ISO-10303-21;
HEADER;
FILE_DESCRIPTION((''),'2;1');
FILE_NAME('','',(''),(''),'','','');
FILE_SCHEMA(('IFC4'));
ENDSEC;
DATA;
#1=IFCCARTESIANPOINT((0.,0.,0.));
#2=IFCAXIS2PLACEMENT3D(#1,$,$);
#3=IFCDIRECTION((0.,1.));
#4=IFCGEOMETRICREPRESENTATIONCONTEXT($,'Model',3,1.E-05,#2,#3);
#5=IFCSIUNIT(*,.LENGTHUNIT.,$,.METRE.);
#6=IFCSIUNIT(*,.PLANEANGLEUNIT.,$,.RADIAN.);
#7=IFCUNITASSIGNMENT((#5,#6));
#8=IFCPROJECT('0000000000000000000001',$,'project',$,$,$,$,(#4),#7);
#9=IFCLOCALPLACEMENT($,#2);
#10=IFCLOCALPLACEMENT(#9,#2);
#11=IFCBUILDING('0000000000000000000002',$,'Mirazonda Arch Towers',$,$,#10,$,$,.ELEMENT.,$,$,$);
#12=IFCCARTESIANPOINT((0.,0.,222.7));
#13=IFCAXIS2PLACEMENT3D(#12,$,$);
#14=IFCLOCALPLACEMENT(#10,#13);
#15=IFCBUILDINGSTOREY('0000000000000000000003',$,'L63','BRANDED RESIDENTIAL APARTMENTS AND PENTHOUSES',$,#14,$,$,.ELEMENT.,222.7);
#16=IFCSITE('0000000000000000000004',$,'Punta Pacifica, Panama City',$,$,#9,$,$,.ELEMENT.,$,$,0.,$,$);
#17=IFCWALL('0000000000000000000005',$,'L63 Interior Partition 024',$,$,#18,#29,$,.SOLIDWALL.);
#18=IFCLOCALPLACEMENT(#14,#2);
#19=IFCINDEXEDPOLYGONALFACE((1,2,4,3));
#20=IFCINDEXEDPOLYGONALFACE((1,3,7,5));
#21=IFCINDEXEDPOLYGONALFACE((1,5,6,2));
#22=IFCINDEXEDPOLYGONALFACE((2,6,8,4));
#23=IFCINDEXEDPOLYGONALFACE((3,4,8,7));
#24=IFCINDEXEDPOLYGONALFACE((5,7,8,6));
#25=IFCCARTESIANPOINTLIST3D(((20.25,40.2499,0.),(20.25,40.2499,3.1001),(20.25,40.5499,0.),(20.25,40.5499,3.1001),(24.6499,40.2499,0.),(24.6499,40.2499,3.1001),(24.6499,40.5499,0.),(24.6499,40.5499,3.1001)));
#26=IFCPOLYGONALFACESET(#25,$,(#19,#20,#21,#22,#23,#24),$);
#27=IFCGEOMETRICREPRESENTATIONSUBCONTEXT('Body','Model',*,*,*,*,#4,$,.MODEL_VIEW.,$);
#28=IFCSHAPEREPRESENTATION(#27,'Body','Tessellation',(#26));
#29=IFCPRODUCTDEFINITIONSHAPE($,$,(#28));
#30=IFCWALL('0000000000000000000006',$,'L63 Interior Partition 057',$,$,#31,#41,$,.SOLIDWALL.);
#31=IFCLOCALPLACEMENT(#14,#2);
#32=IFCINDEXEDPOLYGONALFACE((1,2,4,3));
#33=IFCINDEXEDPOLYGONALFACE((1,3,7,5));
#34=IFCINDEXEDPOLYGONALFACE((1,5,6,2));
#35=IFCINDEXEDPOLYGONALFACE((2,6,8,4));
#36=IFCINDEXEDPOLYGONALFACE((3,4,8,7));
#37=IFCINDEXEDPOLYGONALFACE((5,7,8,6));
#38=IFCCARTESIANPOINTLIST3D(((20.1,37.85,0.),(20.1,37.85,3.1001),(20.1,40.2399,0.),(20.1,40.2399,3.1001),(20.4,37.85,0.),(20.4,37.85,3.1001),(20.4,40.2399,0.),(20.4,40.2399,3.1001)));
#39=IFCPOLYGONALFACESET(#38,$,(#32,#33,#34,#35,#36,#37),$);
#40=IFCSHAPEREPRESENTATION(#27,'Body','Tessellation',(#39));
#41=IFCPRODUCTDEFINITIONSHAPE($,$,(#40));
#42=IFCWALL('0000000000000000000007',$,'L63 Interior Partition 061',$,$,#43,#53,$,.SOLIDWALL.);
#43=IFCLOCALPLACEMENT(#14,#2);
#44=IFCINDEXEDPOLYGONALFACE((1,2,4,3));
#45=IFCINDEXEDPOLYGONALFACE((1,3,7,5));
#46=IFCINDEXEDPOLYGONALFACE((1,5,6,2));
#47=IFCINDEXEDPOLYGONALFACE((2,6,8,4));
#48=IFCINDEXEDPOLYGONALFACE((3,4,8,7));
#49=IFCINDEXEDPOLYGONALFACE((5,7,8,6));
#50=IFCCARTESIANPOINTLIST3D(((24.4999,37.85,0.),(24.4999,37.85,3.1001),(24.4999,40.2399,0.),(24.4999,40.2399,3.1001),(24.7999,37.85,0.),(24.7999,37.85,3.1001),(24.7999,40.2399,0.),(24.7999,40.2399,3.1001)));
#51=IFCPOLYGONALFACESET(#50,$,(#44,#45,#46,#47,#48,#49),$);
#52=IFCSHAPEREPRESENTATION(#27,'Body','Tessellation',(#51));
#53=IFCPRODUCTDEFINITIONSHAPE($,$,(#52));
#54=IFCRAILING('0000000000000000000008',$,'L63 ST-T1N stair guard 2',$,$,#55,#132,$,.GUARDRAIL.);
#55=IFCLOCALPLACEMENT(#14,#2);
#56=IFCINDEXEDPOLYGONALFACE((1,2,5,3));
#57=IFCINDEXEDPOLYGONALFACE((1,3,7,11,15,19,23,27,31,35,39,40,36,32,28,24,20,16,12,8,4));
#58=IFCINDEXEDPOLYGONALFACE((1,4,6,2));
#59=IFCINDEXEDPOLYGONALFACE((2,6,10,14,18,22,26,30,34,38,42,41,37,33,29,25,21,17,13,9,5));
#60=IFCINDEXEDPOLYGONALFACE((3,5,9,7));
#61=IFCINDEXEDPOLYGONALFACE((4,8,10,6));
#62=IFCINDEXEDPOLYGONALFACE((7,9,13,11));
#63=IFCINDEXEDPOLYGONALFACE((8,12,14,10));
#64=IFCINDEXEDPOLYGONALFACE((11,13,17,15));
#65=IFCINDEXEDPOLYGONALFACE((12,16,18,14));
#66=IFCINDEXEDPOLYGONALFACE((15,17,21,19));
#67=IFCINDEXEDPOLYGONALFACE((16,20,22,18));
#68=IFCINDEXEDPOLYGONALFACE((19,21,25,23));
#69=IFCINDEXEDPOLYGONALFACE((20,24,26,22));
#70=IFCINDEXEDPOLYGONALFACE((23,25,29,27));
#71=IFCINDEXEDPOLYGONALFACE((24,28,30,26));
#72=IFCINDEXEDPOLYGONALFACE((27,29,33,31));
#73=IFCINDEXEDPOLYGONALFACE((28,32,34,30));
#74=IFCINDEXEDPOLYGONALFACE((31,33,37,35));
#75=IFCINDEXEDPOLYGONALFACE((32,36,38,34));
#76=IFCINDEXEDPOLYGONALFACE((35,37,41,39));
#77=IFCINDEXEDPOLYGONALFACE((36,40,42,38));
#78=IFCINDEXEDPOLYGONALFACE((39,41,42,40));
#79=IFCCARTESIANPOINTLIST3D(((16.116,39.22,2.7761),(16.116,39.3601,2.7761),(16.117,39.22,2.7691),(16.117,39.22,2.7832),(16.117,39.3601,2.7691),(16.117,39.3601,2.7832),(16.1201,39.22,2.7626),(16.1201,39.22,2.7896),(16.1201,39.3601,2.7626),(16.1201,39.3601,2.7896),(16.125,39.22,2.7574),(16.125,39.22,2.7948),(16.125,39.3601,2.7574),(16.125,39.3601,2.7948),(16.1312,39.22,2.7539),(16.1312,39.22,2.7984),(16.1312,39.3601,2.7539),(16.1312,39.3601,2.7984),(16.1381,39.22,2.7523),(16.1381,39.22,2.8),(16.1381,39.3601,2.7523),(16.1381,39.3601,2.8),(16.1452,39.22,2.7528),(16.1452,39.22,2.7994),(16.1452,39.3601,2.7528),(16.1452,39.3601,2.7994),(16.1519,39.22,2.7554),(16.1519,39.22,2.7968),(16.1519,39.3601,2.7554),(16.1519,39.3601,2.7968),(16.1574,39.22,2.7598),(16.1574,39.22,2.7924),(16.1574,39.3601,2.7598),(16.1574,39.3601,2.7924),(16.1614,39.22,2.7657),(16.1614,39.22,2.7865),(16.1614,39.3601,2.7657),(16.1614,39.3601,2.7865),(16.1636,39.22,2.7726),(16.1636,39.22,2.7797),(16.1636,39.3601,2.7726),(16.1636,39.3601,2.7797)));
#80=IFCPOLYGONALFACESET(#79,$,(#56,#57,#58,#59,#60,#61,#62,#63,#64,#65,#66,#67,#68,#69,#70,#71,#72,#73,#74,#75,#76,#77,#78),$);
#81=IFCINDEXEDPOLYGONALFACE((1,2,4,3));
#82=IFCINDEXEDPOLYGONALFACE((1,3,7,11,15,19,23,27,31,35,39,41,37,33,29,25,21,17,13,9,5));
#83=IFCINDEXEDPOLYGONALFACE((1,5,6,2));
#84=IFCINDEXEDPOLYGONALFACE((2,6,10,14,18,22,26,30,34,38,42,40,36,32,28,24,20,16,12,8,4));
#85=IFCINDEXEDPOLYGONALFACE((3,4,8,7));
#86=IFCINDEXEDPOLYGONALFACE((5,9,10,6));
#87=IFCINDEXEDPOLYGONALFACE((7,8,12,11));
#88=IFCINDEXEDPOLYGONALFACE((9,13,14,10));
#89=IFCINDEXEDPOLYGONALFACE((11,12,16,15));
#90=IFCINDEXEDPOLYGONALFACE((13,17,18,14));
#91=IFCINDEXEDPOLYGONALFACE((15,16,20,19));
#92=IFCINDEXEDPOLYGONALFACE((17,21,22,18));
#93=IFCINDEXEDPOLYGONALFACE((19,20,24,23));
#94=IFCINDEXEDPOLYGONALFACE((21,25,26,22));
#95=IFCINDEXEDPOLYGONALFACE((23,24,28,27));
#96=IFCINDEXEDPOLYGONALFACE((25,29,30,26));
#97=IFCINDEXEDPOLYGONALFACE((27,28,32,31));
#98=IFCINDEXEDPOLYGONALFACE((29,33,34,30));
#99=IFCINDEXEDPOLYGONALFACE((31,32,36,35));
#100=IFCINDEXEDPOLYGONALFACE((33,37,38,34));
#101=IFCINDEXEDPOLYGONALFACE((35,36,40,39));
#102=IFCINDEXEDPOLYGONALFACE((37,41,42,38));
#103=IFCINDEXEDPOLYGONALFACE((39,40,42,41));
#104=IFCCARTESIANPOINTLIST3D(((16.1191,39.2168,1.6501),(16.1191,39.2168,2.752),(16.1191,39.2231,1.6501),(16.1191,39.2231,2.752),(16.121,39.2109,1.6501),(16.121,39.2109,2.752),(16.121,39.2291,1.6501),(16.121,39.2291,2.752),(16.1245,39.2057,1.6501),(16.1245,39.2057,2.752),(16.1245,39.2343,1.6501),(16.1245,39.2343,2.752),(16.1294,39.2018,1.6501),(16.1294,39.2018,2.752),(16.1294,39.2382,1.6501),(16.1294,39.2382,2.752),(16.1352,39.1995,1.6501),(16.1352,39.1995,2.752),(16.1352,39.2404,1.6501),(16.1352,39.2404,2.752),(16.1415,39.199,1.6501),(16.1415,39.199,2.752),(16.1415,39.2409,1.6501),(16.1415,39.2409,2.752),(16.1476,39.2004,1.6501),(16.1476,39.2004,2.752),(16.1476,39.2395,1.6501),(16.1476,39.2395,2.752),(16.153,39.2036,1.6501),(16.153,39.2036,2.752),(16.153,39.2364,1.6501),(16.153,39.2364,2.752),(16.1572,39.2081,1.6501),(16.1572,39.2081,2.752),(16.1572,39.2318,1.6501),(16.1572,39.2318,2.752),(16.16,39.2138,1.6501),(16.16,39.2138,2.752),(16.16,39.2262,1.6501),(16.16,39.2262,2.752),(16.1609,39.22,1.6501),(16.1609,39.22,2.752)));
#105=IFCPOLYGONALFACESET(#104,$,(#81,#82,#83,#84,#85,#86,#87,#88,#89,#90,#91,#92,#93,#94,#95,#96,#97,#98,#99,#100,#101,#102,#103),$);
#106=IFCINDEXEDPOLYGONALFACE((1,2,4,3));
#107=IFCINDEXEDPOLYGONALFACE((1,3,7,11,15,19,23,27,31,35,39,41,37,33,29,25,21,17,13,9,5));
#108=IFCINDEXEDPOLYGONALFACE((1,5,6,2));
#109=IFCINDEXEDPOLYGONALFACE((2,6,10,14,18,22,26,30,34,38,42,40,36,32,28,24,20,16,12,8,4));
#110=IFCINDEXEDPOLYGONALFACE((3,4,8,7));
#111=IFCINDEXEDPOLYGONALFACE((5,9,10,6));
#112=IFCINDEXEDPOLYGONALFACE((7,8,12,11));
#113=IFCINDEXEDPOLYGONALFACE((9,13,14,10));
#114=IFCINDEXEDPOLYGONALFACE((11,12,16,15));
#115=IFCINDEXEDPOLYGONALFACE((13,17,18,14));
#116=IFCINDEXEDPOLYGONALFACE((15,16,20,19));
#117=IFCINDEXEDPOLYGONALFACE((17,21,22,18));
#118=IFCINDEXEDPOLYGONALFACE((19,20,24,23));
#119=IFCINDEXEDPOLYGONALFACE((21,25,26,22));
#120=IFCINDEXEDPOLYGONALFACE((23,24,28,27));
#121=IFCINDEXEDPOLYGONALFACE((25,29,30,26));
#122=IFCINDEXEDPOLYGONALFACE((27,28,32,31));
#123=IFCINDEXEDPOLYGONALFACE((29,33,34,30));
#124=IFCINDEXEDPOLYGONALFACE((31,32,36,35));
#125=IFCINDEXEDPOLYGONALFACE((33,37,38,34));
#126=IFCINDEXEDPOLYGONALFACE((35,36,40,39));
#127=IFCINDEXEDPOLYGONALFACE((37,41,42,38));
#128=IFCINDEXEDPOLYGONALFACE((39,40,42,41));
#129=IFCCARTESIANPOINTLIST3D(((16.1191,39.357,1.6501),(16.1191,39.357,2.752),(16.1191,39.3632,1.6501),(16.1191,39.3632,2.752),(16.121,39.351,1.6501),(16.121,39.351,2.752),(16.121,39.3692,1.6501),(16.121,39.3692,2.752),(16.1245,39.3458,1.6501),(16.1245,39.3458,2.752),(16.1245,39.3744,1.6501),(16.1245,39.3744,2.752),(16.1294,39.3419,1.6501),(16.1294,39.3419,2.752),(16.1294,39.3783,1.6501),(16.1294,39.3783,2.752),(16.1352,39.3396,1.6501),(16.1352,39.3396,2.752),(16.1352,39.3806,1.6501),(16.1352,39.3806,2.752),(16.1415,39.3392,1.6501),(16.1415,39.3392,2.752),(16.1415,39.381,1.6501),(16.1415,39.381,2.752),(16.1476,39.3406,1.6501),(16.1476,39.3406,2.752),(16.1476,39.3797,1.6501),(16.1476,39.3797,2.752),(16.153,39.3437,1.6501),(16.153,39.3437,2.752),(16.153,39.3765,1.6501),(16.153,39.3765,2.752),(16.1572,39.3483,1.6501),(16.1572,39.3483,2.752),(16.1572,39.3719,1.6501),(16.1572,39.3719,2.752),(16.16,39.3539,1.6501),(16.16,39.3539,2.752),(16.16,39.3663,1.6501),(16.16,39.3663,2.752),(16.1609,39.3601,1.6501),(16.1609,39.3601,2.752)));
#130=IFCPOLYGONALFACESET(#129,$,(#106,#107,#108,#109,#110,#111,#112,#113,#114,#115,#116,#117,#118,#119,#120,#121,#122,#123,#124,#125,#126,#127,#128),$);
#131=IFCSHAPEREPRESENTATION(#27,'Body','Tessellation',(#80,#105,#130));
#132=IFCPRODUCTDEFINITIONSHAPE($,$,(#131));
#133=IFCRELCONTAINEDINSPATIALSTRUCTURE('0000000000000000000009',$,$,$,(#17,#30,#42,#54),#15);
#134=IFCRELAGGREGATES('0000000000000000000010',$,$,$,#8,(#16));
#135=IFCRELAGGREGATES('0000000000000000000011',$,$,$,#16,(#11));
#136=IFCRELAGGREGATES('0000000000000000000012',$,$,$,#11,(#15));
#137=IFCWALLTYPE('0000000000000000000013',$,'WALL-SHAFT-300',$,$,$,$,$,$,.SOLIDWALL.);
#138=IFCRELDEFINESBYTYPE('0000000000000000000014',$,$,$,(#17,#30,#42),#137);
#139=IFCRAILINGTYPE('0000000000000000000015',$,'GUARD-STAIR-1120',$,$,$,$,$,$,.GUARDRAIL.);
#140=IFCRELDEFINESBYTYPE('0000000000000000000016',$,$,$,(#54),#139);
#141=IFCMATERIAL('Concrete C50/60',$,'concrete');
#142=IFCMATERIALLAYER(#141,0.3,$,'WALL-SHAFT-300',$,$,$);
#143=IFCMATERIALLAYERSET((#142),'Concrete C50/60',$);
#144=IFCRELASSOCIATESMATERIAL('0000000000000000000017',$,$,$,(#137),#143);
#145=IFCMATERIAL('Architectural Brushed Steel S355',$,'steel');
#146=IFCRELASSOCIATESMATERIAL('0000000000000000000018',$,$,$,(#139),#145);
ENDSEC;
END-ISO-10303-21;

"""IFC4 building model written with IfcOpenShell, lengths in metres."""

from ifc_helpers import new_model, si_unit, direction, frame, frame_2d, origin, origin_2d, place, context, subcontext, project, spatial, rectangle, circle, extrude, material, layer, layer_set, type_object, element, save


model = new_model("IFC4")

# Units and contexts
model_context = context("Model", 3, precision=1e-05, world=origin(), true_north=direction((0.0, 1.0)))
body_context = subcontext(model_context, "Body", "Model", "MODEL_VIEW")
ifc_project = project(units=[si_unit("LENGTHUNIT", "METRE"), si_unit("PLANEANGLEUNIT", "RADIAN")], contexts=[model_context])

# Site, building, storey
site_placement = place(None, origin())
site = spatial("IfcSite", under=ifc_project, at=site_placement, Name="Punta Pacifica, Panama City", CompositionType="ELEMENT", RefElevation=0.0)
building_placement = place(site_placement, origin())
building = spatial("IfcBuilding", under=site, at=building_placement, Name="Mirazonda Arch Towers", CompositionType="ELEMENT")
storey_placement = place(building_placement, frame((0.0, 0.0, 222.7)))
storey = spatial("IfcBuildingStorey", under=building, at=storey_placement, Name="L63", Description="BRANDED RESIDENTIAL APARTMENTS AND PENTHOUSES", CompositionType="ELEMENT", Elevation=222.7)

# Shared definitions
ifc_material_1 = material(Name="Concrete C50/60", Category="concrete")

# Walls
ifc_layer_1 = layer(ifc_material_1, 0.3, Name="WALL-SHAFT-300")
ifc_layer_set_1 = layer_set([ifc_layer_1], Name="Concrete C50/60")
wall_type_1 = type_object("IfcWallType", Name="WALL-SHAFT-300", PredefinedType="SOLIDWALL", material=ifc_layer_set_1)
wall_1_placement = place(storey_placement, frame((20.25, 40.3999, 0.0), z_axis=(0.0, 0.0, 1.0), x_axis=(1.0, 0.0, 0.0)))
element("IfcWall", 1, at=wall_1_placement, inside=storey, type_object=wall_type_1, Name="L63 Interior Partition 024", PredefinedType="SOLIDWALL", context=body_context, shape_type="SweptSolid", body=[
    extrude(rectangle(XDim=4.3999, YDim=0.3, at=frame_2d((2.2, 0.0))), origin(), (0.0, 0.0, 1.0), 3.1001),
])
for number, where, z_axis, x_axis, name in (
    (2, (20.25, 37.8501, 0.0), (0.0, 0.0, 1.0), (0.0, 1.0, 0.0), "L63 Interior Partition 057"),
    (3, (24.6499, 37.8501, 0.0), (0.0, 0.0, 1.0), (0.0, 1.0, 0.0), "L63 Interior Partition 061"),
):
    element("IfcWall", number, at=place(storey_placement, frame(where, z_axis=z_axis, x_axis=x_axis)), inside=storey, type_object=wall_type_1, Name=name, PredefinedType="SOLIDWALL", context=body_context, shape_type="SweptSolid", body=[
        extrude(rectangle(XDim=2.3899, YDim=0.3, at=frame_2d((1.1948, 0.0))), origin(), (0.0, 0.0, 1.0), 3.1001),
    ])

# Railing
ifc_material_2 = material(Name="Architectural Brushed Steel S355", Category="steel")
railing_type_1 = type_object("IfcRailingType", Name="GUARD-STAIR-1120", PredefinedType="GUARDRAIL", material=ifc_material_2)
railing_1_placement = place(storey_placement, frame((16.1399, 39.22, 1.6501)))
element("IfcRailing", 4, at=railing_1_placement, inside=storey, type_object=railing_type_1, Name="L63 ST-T1N stair guard 2", PredefinedType="GUARDRAIL", context=body_context, shape_type="SweptSolid", body=[
    extrude(circle(Radius=0.0239, at=origin_2d()), frame((0.0, 0.0, 1.126), z_axis=(0.0, 1.0, 0.0), x_axis=(-1.0, 0.0, 0.0)), (0.0, 0.0, 1.0), 0.1401),
    extrude(circle(Radius=0.021, at=origin_2d()), origin(), (0.0, 0.0, 1.0), 1.1018),
    extrude(circle(Radius=0.021, at=origin_2d()), frame((0.0, 0.1401, 0.0)), (0.0, 0.0, 1.0), 1.1018),
])

save(model, "model.ifc")
